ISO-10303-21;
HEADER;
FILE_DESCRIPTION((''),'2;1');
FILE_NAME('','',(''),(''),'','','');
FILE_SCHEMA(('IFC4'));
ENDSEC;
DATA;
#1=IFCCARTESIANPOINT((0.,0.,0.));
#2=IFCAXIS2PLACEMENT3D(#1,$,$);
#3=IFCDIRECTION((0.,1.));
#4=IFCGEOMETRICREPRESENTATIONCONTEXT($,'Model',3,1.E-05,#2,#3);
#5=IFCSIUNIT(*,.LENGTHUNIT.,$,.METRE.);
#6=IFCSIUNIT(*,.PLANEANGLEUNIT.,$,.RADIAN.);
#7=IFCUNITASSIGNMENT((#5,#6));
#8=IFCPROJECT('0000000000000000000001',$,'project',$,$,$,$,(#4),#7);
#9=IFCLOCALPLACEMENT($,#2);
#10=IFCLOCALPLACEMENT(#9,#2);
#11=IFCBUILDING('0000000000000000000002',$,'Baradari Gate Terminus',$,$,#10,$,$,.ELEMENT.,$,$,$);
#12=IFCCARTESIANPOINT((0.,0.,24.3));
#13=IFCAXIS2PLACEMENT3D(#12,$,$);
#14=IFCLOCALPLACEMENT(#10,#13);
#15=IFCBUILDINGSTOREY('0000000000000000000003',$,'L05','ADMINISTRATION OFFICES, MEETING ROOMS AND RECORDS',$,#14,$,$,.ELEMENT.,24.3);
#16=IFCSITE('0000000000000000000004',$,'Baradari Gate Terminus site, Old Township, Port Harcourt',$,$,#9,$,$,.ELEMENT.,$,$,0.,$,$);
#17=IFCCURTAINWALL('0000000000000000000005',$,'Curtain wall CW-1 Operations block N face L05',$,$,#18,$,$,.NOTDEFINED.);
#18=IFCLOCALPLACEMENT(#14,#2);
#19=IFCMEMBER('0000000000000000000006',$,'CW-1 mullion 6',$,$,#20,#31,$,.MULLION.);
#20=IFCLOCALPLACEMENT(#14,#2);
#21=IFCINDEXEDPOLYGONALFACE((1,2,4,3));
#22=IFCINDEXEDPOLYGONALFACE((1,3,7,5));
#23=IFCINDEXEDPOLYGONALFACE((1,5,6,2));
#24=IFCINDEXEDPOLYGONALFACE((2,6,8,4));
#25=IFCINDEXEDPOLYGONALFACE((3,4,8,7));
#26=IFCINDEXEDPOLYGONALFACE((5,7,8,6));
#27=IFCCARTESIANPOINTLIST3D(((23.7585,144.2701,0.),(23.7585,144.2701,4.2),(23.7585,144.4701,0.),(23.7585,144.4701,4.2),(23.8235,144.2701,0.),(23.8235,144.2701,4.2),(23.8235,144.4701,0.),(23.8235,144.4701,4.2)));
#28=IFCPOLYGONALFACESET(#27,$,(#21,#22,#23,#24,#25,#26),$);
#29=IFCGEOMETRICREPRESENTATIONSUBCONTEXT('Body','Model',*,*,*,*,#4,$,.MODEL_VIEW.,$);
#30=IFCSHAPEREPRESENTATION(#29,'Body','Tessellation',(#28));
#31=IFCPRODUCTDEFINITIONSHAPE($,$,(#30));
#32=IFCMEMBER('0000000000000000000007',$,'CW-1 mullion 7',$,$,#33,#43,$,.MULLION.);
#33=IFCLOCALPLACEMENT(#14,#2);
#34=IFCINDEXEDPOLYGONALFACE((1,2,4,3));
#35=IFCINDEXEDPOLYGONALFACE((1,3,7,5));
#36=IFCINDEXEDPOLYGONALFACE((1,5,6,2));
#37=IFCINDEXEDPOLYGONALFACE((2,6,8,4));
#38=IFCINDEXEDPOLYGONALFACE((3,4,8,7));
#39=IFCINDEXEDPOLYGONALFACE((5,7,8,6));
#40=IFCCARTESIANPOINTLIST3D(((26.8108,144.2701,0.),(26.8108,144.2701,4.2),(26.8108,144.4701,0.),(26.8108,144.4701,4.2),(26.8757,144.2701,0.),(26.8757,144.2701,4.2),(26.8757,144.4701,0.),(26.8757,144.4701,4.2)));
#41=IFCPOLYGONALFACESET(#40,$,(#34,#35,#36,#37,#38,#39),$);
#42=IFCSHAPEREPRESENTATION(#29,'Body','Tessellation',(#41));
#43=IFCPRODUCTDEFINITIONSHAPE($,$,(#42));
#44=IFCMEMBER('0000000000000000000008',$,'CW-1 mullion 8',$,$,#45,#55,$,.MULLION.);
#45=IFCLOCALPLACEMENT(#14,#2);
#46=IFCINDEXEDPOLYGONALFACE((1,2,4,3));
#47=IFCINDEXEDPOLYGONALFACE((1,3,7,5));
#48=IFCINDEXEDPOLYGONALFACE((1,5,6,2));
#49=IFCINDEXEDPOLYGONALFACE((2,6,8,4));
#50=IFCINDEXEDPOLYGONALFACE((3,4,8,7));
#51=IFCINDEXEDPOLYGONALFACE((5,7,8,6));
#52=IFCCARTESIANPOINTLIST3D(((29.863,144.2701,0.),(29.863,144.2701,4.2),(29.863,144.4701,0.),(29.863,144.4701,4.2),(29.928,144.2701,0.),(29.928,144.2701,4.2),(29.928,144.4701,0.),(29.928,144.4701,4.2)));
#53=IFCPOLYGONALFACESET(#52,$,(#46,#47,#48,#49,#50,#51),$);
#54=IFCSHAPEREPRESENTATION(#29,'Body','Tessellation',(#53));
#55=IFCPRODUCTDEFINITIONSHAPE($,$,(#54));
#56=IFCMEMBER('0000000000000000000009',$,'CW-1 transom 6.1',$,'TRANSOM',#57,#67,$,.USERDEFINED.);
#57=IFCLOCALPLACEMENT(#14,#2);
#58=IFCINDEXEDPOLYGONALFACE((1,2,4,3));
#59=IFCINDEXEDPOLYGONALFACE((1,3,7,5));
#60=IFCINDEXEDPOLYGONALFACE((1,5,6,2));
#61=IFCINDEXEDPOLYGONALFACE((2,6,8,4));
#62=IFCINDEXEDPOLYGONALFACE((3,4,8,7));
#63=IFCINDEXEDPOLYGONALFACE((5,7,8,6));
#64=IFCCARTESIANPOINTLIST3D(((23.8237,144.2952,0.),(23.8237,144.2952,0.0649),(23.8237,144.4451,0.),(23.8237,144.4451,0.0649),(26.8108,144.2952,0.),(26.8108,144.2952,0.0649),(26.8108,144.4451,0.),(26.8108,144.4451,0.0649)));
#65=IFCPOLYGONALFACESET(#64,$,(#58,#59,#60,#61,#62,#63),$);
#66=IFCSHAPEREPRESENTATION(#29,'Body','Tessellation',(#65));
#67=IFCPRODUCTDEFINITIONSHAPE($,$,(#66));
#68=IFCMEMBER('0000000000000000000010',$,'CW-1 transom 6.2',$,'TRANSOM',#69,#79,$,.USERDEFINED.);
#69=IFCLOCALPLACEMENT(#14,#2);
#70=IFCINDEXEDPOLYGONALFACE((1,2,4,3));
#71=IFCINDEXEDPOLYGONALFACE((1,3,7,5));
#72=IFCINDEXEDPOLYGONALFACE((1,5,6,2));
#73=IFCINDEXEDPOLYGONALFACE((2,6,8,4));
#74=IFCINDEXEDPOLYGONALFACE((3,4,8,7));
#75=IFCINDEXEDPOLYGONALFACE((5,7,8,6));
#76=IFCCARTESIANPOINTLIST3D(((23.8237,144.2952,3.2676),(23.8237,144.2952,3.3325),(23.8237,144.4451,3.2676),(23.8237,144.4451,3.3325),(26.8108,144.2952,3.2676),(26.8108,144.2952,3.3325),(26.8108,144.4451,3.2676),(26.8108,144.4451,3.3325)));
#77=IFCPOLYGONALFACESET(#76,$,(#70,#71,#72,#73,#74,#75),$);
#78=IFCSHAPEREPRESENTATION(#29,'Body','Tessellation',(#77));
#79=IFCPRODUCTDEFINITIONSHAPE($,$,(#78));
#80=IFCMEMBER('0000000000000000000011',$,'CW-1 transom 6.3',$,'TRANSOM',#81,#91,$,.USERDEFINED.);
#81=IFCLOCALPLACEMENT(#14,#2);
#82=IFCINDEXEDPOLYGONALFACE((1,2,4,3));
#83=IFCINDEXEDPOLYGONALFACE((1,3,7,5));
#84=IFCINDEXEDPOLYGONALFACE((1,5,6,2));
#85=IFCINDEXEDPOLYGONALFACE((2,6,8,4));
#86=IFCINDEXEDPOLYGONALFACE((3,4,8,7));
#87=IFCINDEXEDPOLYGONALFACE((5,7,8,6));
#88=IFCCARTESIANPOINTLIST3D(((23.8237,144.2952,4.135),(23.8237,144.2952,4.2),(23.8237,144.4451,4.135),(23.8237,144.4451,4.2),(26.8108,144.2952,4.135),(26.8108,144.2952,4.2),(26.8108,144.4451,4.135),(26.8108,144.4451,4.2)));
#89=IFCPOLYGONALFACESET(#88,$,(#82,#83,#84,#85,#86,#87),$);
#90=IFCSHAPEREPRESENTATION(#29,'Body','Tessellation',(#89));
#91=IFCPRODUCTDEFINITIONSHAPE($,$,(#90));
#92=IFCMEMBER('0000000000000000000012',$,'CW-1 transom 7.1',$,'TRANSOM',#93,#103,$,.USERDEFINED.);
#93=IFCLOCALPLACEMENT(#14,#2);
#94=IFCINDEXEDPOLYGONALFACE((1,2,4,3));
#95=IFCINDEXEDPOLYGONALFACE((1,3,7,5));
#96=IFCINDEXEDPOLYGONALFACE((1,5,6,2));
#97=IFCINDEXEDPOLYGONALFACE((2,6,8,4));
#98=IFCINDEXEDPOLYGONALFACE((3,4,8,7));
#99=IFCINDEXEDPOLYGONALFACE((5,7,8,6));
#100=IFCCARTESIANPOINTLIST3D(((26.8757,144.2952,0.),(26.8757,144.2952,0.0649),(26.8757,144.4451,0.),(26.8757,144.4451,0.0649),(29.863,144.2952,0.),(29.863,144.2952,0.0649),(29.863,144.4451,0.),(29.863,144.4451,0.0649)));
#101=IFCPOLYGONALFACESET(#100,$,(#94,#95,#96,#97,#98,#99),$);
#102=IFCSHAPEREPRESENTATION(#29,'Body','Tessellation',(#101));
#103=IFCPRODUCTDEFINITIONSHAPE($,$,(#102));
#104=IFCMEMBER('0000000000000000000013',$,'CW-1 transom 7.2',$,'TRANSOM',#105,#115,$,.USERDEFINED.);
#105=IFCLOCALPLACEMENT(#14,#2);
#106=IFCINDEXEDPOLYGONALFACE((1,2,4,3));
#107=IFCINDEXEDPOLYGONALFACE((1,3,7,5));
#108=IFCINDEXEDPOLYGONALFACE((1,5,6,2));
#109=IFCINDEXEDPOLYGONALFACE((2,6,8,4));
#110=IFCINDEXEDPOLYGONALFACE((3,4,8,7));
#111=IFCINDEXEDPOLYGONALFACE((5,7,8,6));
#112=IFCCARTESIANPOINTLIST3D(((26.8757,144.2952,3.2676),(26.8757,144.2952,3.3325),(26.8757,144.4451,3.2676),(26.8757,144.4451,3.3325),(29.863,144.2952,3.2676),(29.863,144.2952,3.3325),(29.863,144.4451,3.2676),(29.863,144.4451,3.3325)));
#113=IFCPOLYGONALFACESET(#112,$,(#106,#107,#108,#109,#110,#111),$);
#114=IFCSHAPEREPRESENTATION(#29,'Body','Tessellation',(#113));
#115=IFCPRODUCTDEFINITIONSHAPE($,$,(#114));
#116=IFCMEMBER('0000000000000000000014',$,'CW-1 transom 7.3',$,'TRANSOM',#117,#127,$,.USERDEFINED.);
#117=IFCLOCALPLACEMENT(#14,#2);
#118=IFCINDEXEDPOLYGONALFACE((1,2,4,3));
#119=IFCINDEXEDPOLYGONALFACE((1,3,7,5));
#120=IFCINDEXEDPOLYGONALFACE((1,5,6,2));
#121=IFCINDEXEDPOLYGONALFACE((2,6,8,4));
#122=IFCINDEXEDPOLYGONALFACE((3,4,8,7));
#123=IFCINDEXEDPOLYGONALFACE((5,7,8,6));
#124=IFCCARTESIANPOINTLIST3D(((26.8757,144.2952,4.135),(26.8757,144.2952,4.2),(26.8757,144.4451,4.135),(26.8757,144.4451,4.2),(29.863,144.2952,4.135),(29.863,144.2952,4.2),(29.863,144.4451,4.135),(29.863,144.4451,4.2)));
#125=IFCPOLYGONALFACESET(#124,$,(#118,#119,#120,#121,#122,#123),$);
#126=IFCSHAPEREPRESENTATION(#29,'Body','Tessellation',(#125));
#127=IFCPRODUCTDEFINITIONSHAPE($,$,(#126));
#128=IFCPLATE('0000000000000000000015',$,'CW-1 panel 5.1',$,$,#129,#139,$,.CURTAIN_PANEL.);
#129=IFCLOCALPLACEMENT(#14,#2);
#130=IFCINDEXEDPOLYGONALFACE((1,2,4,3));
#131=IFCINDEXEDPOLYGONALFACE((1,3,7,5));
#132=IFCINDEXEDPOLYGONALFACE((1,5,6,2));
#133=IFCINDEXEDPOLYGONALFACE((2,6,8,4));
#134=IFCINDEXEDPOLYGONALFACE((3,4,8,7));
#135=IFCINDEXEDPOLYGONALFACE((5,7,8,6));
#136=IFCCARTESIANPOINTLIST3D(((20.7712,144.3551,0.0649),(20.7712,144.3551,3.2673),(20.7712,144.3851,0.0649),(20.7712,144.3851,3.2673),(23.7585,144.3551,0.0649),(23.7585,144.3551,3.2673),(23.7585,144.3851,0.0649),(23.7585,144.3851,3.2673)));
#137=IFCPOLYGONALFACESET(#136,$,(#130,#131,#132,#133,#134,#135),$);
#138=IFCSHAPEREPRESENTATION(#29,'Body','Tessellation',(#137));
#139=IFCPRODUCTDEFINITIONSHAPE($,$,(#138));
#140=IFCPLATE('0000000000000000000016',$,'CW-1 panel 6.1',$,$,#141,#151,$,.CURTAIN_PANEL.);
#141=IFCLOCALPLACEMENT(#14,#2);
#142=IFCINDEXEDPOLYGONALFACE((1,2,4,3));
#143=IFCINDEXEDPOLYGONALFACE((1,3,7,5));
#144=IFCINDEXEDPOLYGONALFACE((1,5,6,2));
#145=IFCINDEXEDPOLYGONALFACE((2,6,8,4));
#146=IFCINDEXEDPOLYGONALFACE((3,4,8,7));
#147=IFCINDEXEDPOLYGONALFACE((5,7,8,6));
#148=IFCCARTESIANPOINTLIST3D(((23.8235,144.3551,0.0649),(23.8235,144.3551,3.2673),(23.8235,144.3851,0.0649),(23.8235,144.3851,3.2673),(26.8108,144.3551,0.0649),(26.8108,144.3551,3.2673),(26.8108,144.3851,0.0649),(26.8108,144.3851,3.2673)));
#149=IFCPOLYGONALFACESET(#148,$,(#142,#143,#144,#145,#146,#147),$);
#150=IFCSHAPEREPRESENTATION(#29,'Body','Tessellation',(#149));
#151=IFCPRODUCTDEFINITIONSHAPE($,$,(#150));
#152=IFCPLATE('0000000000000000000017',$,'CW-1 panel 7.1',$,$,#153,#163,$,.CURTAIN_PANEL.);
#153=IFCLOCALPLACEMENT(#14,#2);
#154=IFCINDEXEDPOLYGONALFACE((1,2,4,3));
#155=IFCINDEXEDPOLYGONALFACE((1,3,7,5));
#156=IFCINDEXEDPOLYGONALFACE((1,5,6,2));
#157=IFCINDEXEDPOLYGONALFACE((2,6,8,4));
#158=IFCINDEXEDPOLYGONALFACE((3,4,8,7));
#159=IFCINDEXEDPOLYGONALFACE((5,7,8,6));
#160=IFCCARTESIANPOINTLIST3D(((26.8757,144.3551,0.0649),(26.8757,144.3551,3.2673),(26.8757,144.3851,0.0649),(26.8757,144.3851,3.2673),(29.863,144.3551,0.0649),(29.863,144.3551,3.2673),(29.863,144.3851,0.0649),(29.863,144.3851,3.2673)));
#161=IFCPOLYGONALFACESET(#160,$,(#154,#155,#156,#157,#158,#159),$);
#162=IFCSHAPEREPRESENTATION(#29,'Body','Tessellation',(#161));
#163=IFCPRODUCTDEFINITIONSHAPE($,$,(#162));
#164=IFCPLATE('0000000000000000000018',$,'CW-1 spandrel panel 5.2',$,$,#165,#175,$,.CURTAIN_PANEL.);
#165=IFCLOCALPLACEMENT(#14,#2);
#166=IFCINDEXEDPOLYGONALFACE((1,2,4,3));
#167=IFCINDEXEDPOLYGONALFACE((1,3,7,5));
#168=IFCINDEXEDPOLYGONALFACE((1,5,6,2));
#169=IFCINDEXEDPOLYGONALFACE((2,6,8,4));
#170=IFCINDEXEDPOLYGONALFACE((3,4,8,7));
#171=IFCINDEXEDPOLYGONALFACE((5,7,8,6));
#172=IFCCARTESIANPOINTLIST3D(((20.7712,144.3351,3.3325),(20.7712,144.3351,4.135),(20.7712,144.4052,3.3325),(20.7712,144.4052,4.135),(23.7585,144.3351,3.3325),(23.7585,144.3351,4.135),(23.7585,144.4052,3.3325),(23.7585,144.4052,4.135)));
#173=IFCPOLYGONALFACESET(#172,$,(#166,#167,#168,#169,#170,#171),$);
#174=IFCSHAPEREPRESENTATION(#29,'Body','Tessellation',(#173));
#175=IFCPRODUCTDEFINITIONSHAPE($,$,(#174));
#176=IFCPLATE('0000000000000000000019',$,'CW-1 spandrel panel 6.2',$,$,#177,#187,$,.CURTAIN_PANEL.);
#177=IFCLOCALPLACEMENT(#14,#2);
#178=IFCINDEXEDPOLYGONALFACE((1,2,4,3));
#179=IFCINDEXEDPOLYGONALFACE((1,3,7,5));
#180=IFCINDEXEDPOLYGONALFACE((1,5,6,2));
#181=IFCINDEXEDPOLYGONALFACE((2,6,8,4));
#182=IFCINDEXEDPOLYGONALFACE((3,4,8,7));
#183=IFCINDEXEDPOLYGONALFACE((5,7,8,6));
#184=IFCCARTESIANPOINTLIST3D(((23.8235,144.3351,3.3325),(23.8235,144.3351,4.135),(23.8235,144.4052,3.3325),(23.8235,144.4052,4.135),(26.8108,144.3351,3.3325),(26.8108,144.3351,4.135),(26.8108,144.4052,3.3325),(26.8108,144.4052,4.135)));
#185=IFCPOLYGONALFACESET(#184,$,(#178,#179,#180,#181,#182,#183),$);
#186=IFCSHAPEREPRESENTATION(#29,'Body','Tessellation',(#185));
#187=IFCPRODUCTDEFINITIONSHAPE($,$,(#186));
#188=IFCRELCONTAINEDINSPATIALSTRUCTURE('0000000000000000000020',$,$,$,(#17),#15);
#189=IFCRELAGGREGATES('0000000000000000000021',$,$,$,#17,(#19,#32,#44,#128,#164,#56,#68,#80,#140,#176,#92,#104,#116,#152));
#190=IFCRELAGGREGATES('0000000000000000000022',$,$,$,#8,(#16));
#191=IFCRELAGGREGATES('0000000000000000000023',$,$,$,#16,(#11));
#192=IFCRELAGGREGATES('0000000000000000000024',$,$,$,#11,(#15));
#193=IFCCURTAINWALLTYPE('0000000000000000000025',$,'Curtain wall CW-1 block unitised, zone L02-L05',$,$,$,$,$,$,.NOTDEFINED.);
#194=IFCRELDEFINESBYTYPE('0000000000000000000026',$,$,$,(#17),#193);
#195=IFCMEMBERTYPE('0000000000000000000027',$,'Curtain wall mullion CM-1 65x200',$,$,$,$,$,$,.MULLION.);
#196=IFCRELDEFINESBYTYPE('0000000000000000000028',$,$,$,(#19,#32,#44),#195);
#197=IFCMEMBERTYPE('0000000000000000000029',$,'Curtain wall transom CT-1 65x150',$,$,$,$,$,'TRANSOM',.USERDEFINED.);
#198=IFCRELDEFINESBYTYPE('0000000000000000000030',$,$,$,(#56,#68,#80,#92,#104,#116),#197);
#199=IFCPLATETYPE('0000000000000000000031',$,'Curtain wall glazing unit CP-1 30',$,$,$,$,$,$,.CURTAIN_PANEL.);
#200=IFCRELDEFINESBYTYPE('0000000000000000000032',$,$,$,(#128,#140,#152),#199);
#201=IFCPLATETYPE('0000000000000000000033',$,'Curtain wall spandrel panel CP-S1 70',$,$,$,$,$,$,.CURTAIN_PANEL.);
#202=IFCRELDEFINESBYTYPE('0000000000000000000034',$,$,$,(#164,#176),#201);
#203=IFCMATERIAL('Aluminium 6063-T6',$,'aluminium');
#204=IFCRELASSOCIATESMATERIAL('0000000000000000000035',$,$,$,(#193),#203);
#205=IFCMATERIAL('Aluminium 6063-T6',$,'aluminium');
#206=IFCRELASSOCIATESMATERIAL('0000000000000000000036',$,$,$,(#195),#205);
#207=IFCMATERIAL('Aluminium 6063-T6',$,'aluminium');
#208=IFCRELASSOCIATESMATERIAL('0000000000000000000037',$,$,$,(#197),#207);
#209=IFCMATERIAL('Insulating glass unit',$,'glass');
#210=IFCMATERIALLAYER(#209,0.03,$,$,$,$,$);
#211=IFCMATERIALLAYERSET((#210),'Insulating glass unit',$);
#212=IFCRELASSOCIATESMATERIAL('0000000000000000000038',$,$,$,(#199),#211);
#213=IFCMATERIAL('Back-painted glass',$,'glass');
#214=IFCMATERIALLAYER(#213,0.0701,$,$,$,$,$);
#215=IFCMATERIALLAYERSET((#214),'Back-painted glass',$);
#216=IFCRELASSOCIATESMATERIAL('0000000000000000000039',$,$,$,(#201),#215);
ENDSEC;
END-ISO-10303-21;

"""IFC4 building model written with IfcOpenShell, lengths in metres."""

from ifc_helpers import new_model, si_unit, direction, frame, origin, origin_2d, place, context, subcontext, project, spatial, rectangle, extrude, material, layer, layer_set, material_profile, profile_set, type_object, element, aggregate, save


model = new_model("IFC4")

# Units and contexts
model_context = context("Model", 3, precision=1e-05, world=origin(), true_north=direction((0.0, 1.0)))
body_context = subcontext(model_context, "Body", "Model", "MODEL_VIEW")
ifc_project = project(units=[si_unit("LENGTHUNIT", "METRE"), si_unit("PLANEANGLEUNIT", "RADIAN")], contexts=[model_context])

# Site, building, storey
site_placement = place(None, origin())
site = spatial("IfcSite", under=ifc_project, at=site_placement, Name="Baradari Gate Terminus site, Old Township, Port Harcourt", CompositionType="ELEMENT", RefElevation=0.0)
building_placement = place(site_placement, origin())
building = spatial("IfcBuilding", under=site, at=building_placement, Name="Baradari Gate Terminus", CompositionType="ELEMENT")
storey_placement = place(building_placement, frame((0.0, 0.0, 24.3)))
storey = spatial("IfcBuildingStorey", under=building, at=storey_placement, Name="L05", Description="ADMINISTRATION OFFICES, MEETING ROOMS AND RECORDS", CompositionType="ELEMENT", Elevation=24.3)

# Curtain wall, members, plates
ifc_material_1 = material(Name="Aluminium 6063-T6", Category="aluminium")
curtain_wall_type = type_object("IfcCurtainWallType", Name="Curtain wall CW-1 block unitised, zone L02-L05", PredefinedType="NOTDEFINED", material=ifc_material_1)
curtain_wall_placement = place(storey_placement, origin())
curtain_wall = element("IfcCurtainWall", 1, at=curtain_wall_placement, inside=storey, type_object=curtain_wall_type, Name="Curtain wall CW-1 Operations block N face L05", PredefinedType="NOTDEFINED")
ifc_material_2 = material(Name="Aluminium 6063-T6", Category="aluminium")
ifc_material_profile_1 = material_profile(ifc_material_2, rectangle(XDim=0.2, YDim=0.0649, at=origin_2d()), Name="CM-1 65X200")
ifc_profile_set_1 = profile_set([ifc_material_profile_1], Name="Aluminium 6063-T6")
member_type_1 = type_object("IfcMemberType", Name="Curtain wall mullion CM-1 65x200", PredefinedType="MULLION", material=ifc_profile_set_1)
member_1_placement = place(storey_placement, frame((23.791, 144.3701, 0.0), z_axis=(0.0, 0.0, 1.0), x_axis=(0.0, 1.0, 0.0)))
member_1 = element("IfcMember", 2, at=member_1_placement, type_object=member_type_1, Name="CW-1 mullion 6", PredefinedType="MULLION", context=body_context, shape_type="SweptSolid", body=[
    extrude(rectangle(XDim=0.2, YDim=0.0649, at=origin_2d()), origin(), (0.0, 0.0, 1.0), 4.2),
])
member_2_placement = place(storey_placement, frame((26.8433, 144.3701, 0.0), z_axis=(0.0, 0.0, 1.0), x_axis=(0.0, 1.0, 0.0)))
member_2 = element("IfcMember", 3, at=member_2_placement, type_object=member_type_1, Name="CW-1 mullion 7", PredefinedType="MULLION", context=body_context, shape_type="SweptSolid", body=[
    extrude(rectangle(XDim=0.2, YDim=0.0649, at=origin_2d()), origin(), (0.0, 0.0, 1.0), 4.2),
])
member_3_placement = place(storey_placement, frame((29.8955, 144.3701, 0.0), z_axis=(0.0, 0.0, 1.0), x_axis=(0.0, 1.0, 0.0)))
member_3 = element("IfcMember", 4, at=member_3_placement, type_object=member_type_1, Name="CW-1 mullion 8", PredefinedType="MULLION", context=body_context, shape_type="SweptSolid", body=[
    extrude(rectangle(XDim=0.2, YDim=0.0649, at=origin_2d()), origin(), (0.0, 0.0, 1.0), 4.2),
])
ifc_material_3 = material(Name="Aluminium 6063-T6", Category="aluminium")
ifc_material_profile_2 = material_profile(ifc_material_3, rectangle(XDim=0.1499, YDim=0.0649, at=origin_2d()), Name="CT-1 65X150")
ifc_profile_set_2 = profile_set([ifc_material_profile_2], Name="Aluminium 6063-T6")
member_type_2 = type_object("IfcMemberType", Name="Curtain wall transom CT-1 65x150", ElementType="TRANSOM", PredefinedType="USERDEFINED", material=ifc_profile_set_2)
member_4_placement = place(storey_placement, frame((23.8237, 144.3701, 0.0325), z_axis=(1.0, 0.0, 0.0), x_axis=(0.0, 1.0, 0.0)))
member_4 = element("IfcMember", 5, at=member_4_placement, type_object=member_type_2, Name="CW-1 transom 6.1", ObjectType="TRANSOM", PredefinedType="USERDEFINED", context=body_context, shape_type="SweptSolid", body=[
    extrude(rectangle(XDim=0.1499, YDim=0.0649, at=origin_2d()), origin(), (0.0, 0.0, 1.0), 2.9871),
])
member_5_placement = place(storey_placement, frame((23.8237, 144.3701, 3.3), z_axis=(1.0, 0.0, 0.0), x_axis=(0.0, 1.0, 0.0)))
member_5 = element("IfcMember", 6, at=member_5_placement, type_object=member_type_2, Name="CW-1 transom 6.2", ObjectType="TRANSOM", PredefinedType="USERDEFINED", context=body_context, shape_type="SweptSolid", body=[
    extrude(rectangle(XDim=0.1499, YDim=0.0649, at=origin_2d()), origin(), (0.0, 0.0, 1.0), 2.9871),
])
member_6_placement = place(storey_placement, frame((23.8237, 144.3701, 4.1675), z_axis=(1.0, 0.0, 0.0), x_axis=(0.0, 1.0, 0.0)))
member_6 = element("IfcMember", 7, at=member_6_placement, type_object=member_type_2, Name="CW-1 transom 6.3", ObjectType="TRANSOM", PredefinedType="USERDEFINED", context=body_context, shape_type="SweptSolid", body=[
    extrude(rectangle(XDim=0.1499, YDim=0.0649, at=origin_2d()), origin(), (0.0, 0.0, 1.0), 2.9871),
])
member_7_placement = place(storey_placement, frame((26.8757, 144.3701, 0.0325), z_axis=(1.0, 0.0, 0.0), x_axis=(0.0, 1.0, 0.0)))
member_7 = element("IfcMember", 8, at=member_7_placement, type_object=member_type_2, Name="CW-1 transom 7.1", ObjectType="TRANSOM", PredefinedType="USERDEFINED", context=body_context, shape_type="SweptSolid", body=[
    extrude(rectangle(XDim=0.1499, YDim=0.0649, at=origin_2d()), origin(), (0.0, 0.0, 1.0), 2.9873),
])
member_8_placement = place(storey_placement, frame((26.8757, 144.3701, 3.3), z_axis=(1.0, 0.0, 0.0), x_axis=(0.0, 1.0, 0.0)))
member_8 = element("IfcMember", 9, at=member_8_placement, type_object=member_type_2, Name="CW-1 transom 7.2", ObjectType="TRANSOM", PredefinedType="USERDEFINED", context=body_context, shape_type="SweptSolid", body=[
    extrude(rectangle(XDim=0.1499, YDim=0.0649, at=origin_2d()), origin(), (0.0, 0.0, 1.0), 2.9873),
])
member_9_placement = place(storey_placement, frame((26.8757, 144.3701, 4.1675), z_axis=(1.0, 0.0, 0.0), x_axis=(0.0, 1.0, 0.0)))
member_9 = element("IfcMember", 10, at=member_9_placement, type_object=member_type_2, Name="CW-1 transom 7.3", ObjectType="TRANSOM", PredefinedType="USERDEFINED", context=body_context, shape_type="SweptSolid", body=[
    extrude(rectangle(XDim=0.1499, YDim=0.0649, at=origin_2d()), origin(), (0.0, 0.0, 1.0), 2.9873),
])
ifc_material_4 = material(Name="Insulating glass unit", Category="glass")
ifc_layer_1 = layer(ifc_material_4, 0.03)
ifc_layer_set_1 = layer_set([ifc_layer_1], Name="Insulating glass unit")
plate_type_1 = type_object("IfcPlateType", Name="Curtain wall glazing unit CP-1 30", PredefinedType="CURTAIN_PANEL", material=ifc_layer_set_1)
plate_1_placement = place(storey_placement, frame((22.2649, 144.3701, 0.0649), z_axis=(0.0, 0.0, 1.0), x_axis=(1.0, 0.0, 0.0)))
plate_1 = element("IfcPlate", 11, at=plate_1_placement, type_object=plate_type_1, Name="CW-1 panel 5.1", PredefinedType="CURTAIN_PANEL", context=body_context, shape_type="SweptSolid", body=[
    extrude(rectangle(XDim=2.9873, YDim=0.03, at=origin_2d()), origin(), (0.0, 0.0, 1.0), 3.2024),
])
plate_2_placement = place(storey_placement, frame((25.3171, 144.3701, 0.0649), z_axis=(0.0, 0.0, 1.0), x_axis=(1.0, 0.0, 0.0)))
plate_2 = element("IfcPlate", 12, at=plate_2_placement, type_object=plate_type_1, Name="CW-1 panel 6.1", PredefinedType="CURTAIN_PANEL", context=body_context, shape_type="SweptSolid", body=[
    extrude(rectangle(XDim=2.9873, YDim=0.03, at=origin_2d()), origin(), (0.0, 0.0, 1.0), 3.2024),
])
plate_3_placement = place(storey_placement, frame((28.3694, 144.3701, 0.0649), z_axis=(0.0, 0.0, 1.0), x_axis=(1.0, 0.0, 0.0)))
plate_3 = element("IfcPlate", 13, at=plate_3_placement, type_object=plate_type_1, Name="CW-1 panel 7.1", PredefinedType="CURTAIN_PANEL", context=body_context, shape_type="SweptSolid", body=[
    extrude(rectangle(XDim=2.9873, YDim=0.03, at=origin_2d()), origin(), (0.0, 0.0, 1.0), 3.2024),
])
ifc_material_5 = material(Name="Back-painted glass", Category="glass")
ifc_layer_2 = layer(ifc_material_5, 0.0701)
ifc_layer_set_2 = layer_set([ifc_layer_2], Name="Back-painted glass")
plate_type_2 = type_object("IfcPlateType", Name="Curtain wall spandrel panel CP-S1 70", PredefinedType="CURTAIN_PANEL", material=ifc_layer_set_2)
plate_4_placement = place(storey_placement, frame((22.2649, 144.3701, 3.3325), z_axis=(0.0, 0.0, 1.0), x_axis=(1.0, 0.0, 0.0)))
plate_4 = element("IfcPlate", 14, at=plate_4_placement, type_object=plate_type_2, Name="CW-1 spandrel panel 5.2", PredefinedType="CURTAIN_PANEL", context=body_context, shape_type="SweptSolid", body=[
    extrude(rectangle(XDim=2.9873, YDim=0.0701, at=origin_2d()), origin(), (0.0, 0.0, 1.0), 0.8025),
])
plate_5_placement = place(storey_placement, frame((25.3171, 144.3701, 3.3325), z_axis=(0.0, 0.0, 1.0), x_axis=(1.0, 0.0, 0.0)))
plate_5 = element("IfcPlate", 15, at=plate_5_placement, type_object=plate_type_2, Name="CW-1 spandrel panel 6.2", PredefinedType="CURTAIN_PANEL", context=body_context, shape_type="SweptSolid", body=[
    extrude(rectangle(XDim=2.9873, YDim=0.0701, at=origin_2d()), origin(), (0.0, 0.0, 1.0), 0.8025),
])
aggregate(curtain_wall, [member_1, member_2, member_3, plate_1, plate_4, member_4, member_5, member_6, plate_2, plate_5, member_7, member_8, member_9, plate_3])

save(model, "model.ifc")
